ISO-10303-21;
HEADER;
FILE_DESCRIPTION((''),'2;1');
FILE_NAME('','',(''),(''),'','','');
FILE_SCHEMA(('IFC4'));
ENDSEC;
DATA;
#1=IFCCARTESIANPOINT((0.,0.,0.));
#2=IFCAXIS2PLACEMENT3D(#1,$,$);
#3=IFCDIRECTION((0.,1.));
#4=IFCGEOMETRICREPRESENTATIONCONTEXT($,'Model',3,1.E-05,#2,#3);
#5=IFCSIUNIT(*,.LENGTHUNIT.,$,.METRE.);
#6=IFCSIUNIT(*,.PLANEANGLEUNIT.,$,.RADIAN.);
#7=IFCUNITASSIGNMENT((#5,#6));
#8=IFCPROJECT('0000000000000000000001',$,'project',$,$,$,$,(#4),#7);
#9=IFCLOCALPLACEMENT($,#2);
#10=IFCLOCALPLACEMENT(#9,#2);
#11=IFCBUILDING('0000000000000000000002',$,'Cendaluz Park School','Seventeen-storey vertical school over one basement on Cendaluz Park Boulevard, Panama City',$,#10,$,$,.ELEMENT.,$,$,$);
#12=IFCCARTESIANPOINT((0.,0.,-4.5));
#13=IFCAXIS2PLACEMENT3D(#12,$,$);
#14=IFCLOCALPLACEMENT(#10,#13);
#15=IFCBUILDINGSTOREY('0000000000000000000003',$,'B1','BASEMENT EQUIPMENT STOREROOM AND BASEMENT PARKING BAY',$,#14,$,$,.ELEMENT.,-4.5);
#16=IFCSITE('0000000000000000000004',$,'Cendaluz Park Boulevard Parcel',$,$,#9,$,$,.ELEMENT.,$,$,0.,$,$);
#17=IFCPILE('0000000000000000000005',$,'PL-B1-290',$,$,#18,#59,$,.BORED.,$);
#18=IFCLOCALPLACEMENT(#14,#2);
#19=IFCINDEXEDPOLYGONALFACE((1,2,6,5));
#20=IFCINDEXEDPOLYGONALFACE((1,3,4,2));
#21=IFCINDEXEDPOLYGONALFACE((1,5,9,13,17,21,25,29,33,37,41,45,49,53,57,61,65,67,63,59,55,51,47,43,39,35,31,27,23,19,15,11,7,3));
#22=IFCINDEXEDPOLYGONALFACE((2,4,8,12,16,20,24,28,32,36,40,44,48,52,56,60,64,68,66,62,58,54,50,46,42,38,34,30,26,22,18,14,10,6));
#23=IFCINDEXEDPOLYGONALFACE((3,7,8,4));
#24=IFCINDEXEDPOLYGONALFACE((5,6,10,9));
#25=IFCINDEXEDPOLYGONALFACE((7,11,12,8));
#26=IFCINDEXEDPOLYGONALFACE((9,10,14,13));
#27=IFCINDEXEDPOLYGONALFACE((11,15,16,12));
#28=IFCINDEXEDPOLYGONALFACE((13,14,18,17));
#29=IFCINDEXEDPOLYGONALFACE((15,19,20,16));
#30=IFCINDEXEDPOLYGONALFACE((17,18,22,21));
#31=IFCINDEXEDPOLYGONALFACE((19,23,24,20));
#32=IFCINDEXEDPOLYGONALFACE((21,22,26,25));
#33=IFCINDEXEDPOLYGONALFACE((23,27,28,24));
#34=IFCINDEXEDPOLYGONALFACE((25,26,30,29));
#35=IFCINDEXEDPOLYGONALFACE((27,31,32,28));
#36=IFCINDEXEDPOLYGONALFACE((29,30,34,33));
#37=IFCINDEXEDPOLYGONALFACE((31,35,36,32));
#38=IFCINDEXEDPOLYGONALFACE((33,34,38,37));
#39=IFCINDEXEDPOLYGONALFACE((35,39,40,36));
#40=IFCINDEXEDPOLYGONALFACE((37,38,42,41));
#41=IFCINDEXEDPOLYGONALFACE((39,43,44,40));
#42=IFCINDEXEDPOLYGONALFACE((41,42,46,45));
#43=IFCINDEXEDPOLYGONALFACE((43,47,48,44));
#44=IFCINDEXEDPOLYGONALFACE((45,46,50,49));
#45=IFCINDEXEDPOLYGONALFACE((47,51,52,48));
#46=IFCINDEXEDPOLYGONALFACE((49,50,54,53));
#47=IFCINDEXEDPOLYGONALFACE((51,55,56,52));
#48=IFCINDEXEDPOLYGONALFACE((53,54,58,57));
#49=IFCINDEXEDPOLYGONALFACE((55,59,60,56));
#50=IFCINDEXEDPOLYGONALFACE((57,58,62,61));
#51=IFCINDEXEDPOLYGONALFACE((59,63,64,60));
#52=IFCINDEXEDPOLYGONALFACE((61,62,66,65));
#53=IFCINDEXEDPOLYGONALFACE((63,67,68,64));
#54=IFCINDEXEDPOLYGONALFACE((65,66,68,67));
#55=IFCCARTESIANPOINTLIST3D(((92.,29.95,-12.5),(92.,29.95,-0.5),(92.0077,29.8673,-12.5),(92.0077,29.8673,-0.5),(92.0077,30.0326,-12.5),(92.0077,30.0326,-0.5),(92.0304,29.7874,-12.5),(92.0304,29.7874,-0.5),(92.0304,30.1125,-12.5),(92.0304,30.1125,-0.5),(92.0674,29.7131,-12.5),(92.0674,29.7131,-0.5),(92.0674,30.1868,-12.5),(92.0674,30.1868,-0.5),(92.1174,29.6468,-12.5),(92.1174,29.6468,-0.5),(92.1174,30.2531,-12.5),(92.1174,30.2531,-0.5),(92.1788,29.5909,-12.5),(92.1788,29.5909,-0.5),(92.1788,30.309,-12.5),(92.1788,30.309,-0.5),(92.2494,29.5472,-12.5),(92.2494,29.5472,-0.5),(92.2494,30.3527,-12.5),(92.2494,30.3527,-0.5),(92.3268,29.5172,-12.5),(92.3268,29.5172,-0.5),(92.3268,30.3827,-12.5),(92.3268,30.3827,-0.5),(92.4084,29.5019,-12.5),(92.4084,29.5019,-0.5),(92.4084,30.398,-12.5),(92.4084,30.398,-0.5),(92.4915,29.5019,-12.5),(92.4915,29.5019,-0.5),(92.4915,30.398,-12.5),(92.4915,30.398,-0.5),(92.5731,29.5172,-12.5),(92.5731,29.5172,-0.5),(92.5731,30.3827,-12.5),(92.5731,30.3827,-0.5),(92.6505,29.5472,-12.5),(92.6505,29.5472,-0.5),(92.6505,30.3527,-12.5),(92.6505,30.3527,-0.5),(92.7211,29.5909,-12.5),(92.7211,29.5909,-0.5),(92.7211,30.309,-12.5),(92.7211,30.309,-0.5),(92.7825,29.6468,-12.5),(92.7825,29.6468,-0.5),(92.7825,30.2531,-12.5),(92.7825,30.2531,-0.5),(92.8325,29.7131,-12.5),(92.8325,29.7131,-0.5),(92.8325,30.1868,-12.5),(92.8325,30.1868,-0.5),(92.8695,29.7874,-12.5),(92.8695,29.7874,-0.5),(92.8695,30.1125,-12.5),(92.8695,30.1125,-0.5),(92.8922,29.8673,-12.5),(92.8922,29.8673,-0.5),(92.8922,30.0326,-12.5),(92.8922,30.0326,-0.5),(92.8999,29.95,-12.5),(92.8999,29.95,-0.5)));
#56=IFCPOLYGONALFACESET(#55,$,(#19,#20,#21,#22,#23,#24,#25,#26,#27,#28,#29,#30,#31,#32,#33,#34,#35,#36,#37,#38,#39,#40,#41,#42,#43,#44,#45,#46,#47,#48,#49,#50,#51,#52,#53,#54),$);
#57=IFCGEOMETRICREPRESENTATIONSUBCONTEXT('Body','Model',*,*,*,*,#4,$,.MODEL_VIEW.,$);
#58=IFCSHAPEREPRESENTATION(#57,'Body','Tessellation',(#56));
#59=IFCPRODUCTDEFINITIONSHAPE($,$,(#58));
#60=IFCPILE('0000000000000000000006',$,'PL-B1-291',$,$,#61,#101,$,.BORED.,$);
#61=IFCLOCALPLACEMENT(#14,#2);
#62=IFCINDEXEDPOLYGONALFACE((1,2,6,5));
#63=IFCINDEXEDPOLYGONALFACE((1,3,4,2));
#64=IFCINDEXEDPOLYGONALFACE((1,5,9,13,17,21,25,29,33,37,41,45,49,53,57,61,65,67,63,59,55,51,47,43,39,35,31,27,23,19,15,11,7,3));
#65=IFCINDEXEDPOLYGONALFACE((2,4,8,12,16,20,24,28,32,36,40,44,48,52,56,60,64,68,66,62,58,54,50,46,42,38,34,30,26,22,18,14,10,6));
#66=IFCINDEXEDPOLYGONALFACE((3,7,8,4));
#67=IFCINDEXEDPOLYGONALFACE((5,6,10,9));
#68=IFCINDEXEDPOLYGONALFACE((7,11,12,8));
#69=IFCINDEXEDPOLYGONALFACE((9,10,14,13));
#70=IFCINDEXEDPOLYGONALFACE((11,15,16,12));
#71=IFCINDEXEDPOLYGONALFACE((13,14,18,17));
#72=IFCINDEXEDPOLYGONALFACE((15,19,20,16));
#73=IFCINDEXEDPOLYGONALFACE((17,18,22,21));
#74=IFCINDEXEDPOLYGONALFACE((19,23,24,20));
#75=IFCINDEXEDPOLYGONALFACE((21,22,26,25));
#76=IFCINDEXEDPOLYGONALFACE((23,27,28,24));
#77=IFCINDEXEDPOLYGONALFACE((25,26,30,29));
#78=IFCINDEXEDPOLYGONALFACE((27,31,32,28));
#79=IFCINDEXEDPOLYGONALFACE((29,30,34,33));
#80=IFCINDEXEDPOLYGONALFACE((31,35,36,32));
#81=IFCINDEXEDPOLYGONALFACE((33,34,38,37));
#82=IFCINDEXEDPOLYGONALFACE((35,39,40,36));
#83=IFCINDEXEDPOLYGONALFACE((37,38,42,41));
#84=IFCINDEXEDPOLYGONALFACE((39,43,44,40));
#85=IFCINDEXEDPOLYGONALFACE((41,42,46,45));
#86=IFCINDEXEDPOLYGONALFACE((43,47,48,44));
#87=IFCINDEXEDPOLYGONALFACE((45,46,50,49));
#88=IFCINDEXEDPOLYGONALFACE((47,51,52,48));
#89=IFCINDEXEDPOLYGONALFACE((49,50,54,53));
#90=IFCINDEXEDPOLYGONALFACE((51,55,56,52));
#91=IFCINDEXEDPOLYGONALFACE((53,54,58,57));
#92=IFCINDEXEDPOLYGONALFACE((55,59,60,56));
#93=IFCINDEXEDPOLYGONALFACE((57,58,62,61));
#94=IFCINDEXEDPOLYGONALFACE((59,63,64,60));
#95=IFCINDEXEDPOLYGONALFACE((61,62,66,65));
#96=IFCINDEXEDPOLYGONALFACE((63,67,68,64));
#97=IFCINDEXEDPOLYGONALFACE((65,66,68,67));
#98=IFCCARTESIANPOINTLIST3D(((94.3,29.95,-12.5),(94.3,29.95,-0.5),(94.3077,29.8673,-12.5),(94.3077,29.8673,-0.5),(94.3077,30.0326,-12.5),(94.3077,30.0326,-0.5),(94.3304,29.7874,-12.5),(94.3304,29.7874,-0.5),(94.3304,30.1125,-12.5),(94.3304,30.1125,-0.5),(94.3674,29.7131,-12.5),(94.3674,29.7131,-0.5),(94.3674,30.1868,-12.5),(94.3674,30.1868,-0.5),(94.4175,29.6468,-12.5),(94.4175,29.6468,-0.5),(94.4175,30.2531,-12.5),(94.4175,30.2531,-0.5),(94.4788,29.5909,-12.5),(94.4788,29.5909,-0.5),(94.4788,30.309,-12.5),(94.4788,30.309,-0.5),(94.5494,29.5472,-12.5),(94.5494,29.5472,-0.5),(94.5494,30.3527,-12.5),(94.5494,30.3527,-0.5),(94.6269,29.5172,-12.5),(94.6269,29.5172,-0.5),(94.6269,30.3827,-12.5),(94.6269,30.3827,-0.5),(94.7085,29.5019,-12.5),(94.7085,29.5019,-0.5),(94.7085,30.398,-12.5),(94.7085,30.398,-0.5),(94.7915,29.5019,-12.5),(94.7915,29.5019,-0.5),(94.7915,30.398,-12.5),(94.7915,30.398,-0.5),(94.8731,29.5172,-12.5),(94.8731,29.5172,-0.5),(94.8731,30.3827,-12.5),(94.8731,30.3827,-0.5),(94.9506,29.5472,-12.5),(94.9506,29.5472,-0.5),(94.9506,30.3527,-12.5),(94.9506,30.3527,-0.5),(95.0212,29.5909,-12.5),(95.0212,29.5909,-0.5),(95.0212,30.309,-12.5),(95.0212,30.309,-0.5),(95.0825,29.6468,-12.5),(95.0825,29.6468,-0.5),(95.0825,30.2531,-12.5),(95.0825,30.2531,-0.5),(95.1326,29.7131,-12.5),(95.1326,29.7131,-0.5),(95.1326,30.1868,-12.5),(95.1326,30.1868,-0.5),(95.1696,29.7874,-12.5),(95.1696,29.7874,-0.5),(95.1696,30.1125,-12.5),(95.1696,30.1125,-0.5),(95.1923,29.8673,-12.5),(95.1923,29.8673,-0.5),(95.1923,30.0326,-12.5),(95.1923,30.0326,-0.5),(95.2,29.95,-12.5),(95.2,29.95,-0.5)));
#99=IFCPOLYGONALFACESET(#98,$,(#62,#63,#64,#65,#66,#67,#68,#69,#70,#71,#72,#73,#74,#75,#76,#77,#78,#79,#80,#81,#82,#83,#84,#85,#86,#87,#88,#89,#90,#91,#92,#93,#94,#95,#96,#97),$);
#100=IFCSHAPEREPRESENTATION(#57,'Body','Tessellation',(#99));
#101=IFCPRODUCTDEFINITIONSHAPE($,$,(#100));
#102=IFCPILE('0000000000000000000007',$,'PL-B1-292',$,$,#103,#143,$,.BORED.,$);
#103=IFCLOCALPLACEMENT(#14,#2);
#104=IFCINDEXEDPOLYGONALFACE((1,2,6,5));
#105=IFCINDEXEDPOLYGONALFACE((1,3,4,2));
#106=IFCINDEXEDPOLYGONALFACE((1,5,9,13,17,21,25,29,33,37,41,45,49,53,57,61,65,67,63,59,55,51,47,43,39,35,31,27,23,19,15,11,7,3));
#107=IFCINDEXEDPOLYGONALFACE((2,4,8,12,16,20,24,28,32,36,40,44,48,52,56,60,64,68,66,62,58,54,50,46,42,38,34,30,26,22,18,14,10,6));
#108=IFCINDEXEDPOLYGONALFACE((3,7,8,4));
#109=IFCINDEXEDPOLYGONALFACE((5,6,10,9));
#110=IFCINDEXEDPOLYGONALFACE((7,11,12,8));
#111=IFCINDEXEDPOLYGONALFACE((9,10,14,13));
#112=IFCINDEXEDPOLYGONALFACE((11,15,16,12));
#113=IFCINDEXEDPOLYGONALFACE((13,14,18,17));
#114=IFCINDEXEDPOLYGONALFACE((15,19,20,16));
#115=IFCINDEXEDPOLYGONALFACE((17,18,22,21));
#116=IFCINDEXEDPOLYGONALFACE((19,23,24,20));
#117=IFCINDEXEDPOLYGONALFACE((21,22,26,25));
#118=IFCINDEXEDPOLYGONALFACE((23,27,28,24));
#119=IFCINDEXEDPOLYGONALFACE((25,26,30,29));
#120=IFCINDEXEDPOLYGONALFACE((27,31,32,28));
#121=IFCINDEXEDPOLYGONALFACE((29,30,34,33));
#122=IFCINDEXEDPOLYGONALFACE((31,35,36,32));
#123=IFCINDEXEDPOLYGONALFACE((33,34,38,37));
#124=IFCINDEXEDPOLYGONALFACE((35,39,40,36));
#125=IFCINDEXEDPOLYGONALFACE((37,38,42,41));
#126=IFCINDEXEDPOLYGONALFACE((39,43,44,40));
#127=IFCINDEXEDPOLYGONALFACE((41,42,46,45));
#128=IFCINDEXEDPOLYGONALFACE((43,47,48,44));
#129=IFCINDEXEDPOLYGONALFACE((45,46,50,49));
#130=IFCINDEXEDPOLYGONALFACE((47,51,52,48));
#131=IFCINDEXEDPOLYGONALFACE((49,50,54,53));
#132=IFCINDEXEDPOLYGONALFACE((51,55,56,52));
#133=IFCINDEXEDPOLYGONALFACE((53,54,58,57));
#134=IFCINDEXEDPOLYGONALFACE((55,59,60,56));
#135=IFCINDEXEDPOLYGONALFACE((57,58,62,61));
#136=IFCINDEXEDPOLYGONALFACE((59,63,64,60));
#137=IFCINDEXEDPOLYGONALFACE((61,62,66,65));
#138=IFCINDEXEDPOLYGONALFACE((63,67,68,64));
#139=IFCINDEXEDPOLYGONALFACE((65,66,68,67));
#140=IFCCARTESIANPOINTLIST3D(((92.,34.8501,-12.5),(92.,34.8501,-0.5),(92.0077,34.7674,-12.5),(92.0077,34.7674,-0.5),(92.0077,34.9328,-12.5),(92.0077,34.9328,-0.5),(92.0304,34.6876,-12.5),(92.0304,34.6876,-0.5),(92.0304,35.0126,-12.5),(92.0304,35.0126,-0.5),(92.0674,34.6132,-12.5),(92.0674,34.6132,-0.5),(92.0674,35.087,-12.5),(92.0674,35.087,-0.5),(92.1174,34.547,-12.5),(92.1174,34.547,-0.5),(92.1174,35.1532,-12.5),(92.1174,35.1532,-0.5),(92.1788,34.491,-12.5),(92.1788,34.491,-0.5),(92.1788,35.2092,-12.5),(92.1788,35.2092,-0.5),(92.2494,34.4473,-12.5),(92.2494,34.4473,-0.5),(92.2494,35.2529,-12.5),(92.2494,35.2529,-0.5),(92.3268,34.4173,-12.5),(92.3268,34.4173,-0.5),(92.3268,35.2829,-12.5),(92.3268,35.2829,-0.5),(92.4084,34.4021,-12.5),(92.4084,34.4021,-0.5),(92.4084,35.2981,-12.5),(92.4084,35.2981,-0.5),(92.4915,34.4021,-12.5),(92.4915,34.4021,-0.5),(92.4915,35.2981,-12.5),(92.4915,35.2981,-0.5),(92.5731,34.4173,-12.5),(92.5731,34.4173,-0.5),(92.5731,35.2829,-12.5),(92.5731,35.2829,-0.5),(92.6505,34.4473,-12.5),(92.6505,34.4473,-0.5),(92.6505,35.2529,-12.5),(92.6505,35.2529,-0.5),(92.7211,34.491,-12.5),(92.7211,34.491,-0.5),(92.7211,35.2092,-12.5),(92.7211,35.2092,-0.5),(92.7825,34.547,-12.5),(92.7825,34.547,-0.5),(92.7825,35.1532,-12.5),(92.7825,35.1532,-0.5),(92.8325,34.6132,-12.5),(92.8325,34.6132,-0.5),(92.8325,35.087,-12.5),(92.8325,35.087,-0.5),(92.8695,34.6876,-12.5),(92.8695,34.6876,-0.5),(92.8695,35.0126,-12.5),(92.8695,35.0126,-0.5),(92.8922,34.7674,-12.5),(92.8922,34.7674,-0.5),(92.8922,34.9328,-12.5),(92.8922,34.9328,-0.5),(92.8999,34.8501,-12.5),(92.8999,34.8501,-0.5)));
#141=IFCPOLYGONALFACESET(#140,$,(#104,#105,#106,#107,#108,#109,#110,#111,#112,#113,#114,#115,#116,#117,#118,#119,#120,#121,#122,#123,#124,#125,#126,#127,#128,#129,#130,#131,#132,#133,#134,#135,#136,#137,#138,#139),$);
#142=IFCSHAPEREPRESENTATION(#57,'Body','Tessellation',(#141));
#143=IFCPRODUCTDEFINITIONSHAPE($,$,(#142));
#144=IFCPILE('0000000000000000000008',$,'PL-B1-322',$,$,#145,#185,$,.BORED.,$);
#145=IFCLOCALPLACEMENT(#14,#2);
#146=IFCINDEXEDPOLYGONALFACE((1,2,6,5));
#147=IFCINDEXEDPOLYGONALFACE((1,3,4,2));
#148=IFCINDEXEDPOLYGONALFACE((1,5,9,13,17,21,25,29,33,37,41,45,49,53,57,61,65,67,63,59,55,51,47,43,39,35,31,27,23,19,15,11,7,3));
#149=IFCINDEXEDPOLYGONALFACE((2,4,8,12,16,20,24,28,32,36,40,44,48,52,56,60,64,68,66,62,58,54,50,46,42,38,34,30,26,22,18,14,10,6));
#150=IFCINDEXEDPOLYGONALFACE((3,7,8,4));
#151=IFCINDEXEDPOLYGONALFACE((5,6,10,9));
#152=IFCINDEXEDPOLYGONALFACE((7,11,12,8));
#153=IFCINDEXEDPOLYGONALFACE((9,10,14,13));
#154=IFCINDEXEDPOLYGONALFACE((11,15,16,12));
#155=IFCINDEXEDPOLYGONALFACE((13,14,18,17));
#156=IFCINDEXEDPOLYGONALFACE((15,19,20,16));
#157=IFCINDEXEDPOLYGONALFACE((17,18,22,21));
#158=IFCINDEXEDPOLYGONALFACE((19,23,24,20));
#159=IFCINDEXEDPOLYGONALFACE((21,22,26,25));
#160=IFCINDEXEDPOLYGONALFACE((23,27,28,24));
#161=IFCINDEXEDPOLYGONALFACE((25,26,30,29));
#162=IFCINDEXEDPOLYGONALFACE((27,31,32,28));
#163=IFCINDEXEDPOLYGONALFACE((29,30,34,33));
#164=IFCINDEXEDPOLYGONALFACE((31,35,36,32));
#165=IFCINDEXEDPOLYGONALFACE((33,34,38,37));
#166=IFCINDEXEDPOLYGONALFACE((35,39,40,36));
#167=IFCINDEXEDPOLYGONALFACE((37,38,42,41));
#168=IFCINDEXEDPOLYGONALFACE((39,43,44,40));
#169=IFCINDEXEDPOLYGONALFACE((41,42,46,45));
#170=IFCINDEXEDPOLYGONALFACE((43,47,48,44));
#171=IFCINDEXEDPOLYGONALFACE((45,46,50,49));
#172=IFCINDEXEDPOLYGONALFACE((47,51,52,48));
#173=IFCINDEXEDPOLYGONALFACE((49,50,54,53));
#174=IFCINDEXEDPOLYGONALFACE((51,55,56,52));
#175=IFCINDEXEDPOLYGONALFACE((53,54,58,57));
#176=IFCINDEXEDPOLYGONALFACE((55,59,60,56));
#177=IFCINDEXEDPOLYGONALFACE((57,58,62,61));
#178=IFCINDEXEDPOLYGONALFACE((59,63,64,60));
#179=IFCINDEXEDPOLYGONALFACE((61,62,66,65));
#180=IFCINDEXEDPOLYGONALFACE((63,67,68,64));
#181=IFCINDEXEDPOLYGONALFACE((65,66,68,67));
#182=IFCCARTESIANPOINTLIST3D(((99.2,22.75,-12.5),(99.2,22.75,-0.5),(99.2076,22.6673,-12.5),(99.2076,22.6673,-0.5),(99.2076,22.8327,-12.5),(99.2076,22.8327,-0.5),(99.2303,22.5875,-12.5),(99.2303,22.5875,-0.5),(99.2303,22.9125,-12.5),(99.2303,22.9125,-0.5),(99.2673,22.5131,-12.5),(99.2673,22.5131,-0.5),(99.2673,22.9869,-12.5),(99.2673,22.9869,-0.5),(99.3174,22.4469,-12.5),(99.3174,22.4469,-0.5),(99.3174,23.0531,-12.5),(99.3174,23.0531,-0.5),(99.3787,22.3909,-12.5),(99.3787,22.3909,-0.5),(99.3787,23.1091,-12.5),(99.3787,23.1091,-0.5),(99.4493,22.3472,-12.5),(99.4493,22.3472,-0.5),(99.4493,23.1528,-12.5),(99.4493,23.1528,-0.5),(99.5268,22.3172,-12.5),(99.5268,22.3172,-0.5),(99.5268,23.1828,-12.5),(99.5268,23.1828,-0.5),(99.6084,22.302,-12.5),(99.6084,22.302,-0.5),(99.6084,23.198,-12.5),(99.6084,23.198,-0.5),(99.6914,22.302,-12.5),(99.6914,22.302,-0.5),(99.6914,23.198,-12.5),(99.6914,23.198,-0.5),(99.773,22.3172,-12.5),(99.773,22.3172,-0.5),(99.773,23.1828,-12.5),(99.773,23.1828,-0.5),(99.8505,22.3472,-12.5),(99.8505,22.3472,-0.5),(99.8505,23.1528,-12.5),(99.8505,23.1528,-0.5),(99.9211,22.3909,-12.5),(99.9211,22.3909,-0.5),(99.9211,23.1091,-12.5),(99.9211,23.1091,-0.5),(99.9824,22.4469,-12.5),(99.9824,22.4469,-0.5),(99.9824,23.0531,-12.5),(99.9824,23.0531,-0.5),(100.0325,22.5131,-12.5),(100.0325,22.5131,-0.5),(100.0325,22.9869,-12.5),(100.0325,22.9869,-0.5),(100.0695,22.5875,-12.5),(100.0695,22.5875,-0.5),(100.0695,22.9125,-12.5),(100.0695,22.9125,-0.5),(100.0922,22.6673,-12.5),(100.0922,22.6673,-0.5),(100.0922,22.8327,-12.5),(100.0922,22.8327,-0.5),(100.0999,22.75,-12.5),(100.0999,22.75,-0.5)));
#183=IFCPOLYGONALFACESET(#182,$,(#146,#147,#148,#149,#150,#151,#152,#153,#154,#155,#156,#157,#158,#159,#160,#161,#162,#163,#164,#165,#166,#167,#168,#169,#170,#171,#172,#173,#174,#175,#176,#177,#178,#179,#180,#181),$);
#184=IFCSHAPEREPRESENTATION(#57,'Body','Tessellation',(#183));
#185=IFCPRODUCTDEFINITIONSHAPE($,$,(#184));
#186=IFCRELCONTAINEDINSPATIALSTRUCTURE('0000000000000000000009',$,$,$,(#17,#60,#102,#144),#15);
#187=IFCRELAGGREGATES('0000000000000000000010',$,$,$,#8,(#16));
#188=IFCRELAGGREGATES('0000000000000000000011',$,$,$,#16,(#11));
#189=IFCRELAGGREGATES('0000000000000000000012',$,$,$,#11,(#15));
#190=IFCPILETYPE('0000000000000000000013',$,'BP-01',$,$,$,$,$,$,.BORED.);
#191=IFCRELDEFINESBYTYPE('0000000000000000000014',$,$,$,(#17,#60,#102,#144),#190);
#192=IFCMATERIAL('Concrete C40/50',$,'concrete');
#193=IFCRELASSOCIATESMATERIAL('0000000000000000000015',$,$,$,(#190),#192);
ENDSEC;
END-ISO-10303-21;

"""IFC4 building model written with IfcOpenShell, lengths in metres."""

from ifc_helpers import new_model, si_unit, direction, frame, origin, origin_2d, place, context, subcontext, project, spatial, circle, extrude, material, material_profile, profile_set, type_object, element, save


model = new_model("IFC4")

# Units and contexts
model_context = context("Model", 3, precision=1e-05, world=origin(), true_north=direction((0.0, 1.0)))
body_context = subcontext(model_context, "Body", "Model", "MODEL_VIEW")
ifc_project = project(units=[si_unit("LENGTHUNIT", "METRE"), si_unit("PLANEANGLEUNIT", "RADIAN")], contexts=[model_context])

# Site, building, storey
site_placement = place(None, origin())
site = spatial("IfcSite", under=ifc_project, at=site_placement, Name="Cendaluz Park Boulevard Parcel", CompositionType="ELEMENT", RefElevation=0.0)
building_placement = place(site_placement, origin())
building = spatial("IfcBuilding", under=site, at=building_placement, Name="Cendaluz Park School", Description="Seventeen-storey vertical school over one basement on Cendaluz Park Boulevard, Panama City", CompositionType="ELEMENT")
storey_placement = place(building_placement, frame((0.0, 0.0, -4.5)))
storey = spatial("IfcBuildingStorey", under=building, at=storey_placement, Name="B1", Description="BASEMENT EQUIPMENT STOREROOM AND BASEMENT PARKING BAY", CompositionType="ELEMENT", Elevation=-4.5)

# Piles
ifc_material_1 = material(Name="Concrete C40/50", Category="concrete")
ifc_material_profile_1 = material_profile(ifc_material_1, circle(Radius=0.45, at=origin_2d()), Name="BP D900", Category="concrete")
ifc_profile_set_1 = profile_set([ifc_material_profile_1], Name="Concrete C40/50")
pile_type = type_object("IfcPileType", Name="BP-01", PredefinedType="BORED", material=ifc_profile_set_1)
for number, where, z_axis, x_axis, name in (
    (1, (92.45, 29.95, -0.5), (0.0, 0.0, -1.0), (1.0, 0.0, 0.0), "PL-B1-290"),
    (2, (94.75, 29.95, -0.5), (0.0, 0.0, -1.0), (1.0, 0.0, 0.0), "PL-B1-291"),
    (3, (92.45, 34.8501, -0.5), (0.0, 0.0, -1.0), (1.0, 0.0, 0.0), "PL-B1-292"),
    (4, (99.6499, 22.75, -0.5), (0.0, 0.0, -1.0), (1.0, 0.0, 0.0), "PL-B1-322"),
):
    element("IfcPile", number, at=place(storey_placement, frame(where, z_axis=z_axis, x_axis=x_axis)), inside=storey, type_object=pile_type, Name=name, PredefinedType="BORED", context=body_context, shape_type="SweptSolid", body=[
        extrude(circle(Radius=0.45, at=origin_2d()), origin(), (0.0, 0.0, 1.0), 12.0),
    ])

save(model, "model.ifc")
